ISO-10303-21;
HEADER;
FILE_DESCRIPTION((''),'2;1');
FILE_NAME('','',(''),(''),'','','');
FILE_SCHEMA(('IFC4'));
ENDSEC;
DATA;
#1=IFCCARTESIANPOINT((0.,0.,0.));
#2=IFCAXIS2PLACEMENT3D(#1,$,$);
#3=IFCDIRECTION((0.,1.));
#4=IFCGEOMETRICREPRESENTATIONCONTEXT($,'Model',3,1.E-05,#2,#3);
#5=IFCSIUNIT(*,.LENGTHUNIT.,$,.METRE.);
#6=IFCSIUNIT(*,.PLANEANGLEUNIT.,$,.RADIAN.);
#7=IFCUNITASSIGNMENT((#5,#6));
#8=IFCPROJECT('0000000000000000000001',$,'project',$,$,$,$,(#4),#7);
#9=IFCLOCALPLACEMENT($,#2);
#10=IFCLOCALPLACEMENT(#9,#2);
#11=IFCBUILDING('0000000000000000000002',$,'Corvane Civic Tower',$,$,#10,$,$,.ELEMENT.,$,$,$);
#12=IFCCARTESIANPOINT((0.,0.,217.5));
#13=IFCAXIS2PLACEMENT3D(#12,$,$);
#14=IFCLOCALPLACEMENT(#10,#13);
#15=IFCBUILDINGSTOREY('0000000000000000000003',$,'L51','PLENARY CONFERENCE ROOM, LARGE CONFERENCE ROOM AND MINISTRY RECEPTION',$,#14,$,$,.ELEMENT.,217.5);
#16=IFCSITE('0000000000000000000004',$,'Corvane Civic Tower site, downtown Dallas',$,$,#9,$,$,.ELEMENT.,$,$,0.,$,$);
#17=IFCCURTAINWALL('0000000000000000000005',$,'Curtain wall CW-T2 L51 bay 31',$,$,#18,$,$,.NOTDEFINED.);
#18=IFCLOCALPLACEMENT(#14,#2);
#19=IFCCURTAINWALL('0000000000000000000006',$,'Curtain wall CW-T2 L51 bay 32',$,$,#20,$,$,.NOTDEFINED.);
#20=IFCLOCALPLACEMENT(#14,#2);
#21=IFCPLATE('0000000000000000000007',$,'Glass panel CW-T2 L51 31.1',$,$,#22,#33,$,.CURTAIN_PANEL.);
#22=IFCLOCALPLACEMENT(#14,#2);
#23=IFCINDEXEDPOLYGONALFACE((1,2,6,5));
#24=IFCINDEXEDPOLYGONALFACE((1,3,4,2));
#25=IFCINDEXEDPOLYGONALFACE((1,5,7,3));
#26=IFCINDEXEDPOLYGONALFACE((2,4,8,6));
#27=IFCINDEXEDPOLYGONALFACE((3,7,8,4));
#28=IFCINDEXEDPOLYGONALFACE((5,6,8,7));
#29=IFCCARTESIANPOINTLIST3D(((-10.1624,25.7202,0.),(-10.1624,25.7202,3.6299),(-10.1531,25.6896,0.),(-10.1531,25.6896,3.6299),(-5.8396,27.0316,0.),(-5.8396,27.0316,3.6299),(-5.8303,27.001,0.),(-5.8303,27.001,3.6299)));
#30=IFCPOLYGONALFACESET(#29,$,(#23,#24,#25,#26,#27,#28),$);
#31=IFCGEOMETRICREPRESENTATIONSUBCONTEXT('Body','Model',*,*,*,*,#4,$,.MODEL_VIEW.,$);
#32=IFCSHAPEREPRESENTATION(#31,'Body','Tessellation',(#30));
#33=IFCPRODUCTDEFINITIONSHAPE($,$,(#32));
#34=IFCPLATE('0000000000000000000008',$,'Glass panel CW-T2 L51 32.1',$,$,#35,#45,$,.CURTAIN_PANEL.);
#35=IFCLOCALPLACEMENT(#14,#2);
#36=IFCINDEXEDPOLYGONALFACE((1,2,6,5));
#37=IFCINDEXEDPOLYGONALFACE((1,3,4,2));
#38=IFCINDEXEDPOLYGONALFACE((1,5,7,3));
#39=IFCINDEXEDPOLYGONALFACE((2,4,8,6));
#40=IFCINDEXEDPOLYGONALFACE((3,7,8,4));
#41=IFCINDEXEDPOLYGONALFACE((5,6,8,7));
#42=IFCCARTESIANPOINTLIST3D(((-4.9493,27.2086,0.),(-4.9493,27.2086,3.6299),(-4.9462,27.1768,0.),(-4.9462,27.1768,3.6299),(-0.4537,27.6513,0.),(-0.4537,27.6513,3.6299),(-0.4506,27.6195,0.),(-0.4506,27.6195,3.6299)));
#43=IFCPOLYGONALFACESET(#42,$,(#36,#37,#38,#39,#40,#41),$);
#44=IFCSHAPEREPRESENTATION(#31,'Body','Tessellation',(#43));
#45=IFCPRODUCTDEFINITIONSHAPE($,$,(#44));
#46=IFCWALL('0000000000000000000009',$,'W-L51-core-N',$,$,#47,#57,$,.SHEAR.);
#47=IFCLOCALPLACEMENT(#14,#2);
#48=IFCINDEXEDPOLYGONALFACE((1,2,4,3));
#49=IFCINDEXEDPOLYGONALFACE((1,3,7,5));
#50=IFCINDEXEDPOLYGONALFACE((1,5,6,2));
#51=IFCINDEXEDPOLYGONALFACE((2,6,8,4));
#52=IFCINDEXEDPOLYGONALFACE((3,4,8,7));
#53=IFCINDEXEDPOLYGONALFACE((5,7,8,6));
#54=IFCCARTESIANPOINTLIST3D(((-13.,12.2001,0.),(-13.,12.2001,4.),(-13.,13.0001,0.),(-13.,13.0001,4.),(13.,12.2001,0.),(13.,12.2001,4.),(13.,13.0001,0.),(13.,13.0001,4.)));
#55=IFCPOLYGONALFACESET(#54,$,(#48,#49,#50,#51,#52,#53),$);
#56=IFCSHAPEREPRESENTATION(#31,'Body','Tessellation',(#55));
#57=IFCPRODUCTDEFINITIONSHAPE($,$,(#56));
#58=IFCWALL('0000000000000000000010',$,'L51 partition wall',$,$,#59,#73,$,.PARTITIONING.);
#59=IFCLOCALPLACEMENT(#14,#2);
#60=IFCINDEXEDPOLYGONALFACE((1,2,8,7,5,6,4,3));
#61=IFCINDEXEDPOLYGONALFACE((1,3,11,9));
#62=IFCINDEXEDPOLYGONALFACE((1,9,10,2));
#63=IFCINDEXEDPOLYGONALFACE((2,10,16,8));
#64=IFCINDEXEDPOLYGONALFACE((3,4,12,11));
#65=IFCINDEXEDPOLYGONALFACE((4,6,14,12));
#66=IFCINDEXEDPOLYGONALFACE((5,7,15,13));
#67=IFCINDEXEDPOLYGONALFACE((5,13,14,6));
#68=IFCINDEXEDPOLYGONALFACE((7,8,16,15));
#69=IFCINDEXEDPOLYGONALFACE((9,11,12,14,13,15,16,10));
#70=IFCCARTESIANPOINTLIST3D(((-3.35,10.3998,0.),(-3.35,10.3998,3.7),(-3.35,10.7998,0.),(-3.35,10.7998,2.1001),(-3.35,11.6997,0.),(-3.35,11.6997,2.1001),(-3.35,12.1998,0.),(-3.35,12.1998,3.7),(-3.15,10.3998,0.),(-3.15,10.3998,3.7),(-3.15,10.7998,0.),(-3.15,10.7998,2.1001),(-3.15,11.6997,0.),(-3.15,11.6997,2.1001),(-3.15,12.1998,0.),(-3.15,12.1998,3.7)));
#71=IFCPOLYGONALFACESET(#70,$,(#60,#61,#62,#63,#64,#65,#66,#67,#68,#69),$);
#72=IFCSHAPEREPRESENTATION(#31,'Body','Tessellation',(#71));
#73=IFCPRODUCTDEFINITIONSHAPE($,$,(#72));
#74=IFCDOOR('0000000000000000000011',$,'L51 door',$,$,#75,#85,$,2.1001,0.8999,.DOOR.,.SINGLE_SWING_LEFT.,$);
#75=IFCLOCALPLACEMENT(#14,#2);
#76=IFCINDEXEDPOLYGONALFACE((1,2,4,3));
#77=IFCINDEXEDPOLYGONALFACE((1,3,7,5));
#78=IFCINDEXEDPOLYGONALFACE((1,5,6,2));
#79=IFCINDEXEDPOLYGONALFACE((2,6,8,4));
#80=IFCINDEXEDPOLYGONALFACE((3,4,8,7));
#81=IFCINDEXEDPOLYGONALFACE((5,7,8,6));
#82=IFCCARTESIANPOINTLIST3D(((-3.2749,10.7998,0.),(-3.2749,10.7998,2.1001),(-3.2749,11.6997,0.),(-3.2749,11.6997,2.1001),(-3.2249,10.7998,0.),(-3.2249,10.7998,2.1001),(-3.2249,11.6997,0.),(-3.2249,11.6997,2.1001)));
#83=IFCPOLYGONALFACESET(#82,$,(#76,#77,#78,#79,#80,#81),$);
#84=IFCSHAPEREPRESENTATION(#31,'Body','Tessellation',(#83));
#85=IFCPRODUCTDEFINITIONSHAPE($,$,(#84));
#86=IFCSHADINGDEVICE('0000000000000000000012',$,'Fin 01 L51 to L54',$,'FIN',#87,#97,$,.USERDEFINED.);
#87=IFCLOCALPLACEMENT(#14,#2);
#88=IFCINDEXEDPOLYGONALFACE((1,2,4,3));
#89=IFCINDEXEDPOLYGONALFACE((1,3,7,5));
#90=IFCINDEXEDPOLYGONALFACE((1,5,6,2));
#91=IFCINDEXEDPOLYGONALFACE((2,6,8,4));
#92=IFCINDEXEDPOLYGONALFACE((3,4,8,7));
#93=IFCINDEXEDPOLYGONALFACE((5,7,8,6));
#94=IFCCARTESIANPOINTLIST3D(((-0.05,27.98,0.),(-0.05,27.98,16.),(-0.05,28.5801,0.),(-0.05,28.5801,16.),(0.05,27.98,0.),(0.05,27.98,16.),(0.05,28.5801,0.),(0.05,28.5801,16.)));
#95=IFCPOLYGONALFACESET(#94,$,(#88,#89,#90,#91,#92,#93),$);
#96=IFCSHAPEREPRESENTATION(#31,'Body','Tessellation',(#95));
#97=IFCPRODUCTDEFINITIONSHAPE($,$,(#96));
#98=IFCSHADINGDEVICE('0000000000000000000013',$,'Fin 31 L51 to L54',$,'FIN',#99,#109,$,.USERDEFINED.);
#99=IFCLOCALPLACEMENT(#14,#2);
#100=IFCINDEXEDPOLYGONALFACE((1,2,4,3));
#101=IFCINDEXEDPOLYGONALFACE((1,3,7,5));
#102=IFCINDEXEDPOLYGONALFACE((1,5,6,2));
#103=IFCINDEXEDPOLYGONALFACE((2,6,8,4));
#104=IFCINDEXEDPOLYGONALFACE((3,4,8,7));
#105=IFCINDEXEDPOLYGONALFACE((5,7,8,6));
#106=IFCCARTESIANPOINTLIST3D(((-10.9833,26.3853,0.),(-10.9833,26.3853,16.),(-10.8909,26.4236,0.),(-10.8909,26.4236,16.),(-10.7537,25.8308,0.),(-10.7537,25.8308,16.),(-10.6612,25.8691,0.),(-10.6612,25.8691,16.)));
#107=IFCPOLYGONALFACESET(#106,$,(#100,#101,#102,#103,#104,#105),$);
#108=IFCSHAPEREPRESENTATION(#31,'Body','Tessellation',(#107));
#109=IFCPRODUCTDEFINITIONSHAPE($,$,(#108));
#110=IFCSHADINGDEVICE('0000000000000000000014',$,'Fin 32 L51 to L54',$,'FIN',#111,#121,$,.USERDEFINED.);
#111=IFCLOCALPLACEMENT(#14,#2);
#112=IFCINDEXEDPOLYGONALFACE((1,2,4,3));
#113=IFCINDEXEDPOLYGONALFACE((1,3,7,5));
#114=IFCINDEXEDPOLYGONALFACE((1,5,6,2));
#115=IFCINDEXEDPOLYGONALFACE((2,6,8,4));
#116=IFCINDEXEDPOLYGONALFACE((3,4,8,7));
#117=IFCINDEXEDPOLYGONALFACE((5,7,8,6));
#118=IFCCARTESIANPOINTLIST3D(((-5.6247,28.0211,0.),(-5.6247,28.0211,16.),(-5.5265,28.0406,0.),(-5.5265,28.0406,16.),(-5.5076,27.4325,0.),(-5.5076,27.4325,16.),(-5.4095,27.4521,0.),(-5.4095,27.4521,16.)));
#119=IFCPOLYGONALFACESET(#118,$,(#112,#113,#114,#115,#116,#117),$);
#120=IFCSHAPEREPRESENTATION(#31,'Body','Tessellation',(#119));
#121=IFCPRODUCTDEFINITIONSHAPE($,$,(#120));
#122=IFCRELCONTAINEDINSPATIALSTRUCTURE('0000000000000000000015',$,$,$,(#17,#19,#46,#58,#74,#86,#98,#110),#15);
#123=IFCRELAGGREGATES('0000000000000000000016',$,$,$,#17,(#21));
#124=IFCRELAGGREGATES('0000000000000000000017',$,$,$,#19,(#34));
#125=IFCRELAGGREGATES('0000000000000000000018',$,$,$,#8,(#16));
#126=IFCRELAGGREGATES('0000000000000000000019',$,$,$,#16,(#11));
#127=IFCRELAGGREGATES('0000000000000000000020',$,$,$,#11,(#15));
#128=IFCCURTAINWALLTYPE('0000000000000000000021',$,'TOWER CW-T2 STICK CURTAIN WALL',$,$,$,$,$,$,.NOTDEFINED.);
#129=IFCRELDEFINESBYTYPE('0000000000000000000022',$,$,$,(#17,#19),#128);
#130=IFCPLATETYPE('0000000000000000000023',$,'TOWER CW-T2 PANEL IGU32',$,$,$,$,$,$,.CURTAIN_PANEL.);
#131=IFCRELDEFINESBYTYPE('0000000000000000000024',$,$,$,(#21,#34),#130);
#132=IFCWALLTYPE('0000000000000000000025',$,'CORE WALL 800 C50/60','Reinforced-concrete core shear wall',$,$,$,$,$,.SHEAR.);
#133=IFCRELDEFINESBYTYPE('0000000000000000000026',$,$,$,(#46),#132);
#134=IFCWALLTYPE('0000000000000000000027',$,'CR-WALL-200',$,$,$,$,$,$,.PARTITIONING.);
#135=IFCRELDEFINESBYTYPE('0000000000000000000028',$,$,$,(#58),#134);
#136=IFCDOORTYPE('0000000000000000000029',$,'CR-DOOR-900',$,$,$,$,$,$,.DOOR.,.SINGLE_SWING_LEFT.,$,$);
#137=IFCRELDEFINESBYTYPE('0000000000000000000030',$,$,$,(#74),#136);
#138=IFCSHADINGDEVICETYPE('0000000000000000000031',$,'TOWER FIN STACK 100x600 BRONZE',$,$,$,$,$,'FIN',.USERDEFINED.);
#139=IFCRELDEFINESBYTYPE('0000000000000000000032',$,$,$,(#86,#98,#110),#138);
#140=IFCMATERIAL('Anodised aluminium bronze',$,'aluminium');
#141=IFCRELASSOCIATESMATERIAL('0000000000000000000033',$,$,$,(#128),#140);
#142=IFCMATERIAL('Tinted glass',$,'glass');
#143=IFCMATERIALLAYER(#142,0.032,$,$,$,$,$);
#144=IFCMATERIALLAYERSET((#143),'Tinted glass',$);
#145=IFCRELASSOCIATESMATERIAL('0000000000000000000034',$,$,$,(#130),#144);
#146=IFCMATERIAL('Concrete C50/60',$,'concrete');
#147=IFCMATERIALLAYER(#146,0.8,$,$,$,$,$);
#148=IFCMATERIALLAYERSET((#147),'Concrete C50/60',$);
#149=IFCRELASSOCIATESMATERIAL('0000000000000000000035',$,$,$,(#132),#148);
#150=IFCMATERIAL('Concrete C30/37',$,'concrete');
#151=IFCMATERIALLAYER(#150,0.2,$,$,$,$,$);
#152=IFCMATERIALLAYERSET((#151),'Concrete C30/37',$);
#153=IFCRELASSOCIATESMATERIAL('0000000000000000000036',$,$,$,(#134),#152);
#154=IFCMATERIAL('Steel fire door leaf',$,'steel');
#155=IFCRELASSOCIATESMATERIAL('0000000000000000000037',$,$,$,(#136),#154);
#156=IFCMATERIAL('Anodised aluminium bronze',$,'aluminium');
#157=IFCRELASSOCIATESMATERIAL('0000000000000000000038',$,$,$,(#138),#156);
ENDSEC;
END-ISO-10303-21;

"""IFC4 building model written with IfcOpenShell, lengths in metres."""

from ifc_helpers import new_model, si_unit, direction, frame, frame_2d, origin, origin_2d, place, context, subcontext, project, spatial, rectangle, extrude, material, layer, layer_set, material_profile, profile_set, type_object, element, fill, aggregate, save


model = new_model("IFC4")

# Units and contexts
model_context = context("Model", 3, precision=1e-05, world=origin(), true_north=direction((0.0, 1.0)))
body_context = subcontext(model_context, "Body", "Model", "MODEL_VIEW")
ifc_project = project(units=[si_unit("LENGTHUNIT", "METRE"), si_unit("PLANEANGLEUNIT", "RADIAN")], contexts=[model_context])

# Site, building, storey
site_placement = place(None, origin())
site = spatial("IfcSite", under=ifc_project, at=site_placement, Name="Corvane Civic Tower site, downtown Dallas", CompositionType="ELEMENT", RefElevation=0.0)
building_placement = place(site_placement, origin())
building = spatial("IfcBuilding", under=site, at=building_placement, Name="Corvane Civic Tower", CompositionType="ELEMENT")
storey_placement = place(building_placement, frame((0.0, 0.0, 217.5)))
storey = spatial("IfcBuildingStorey", under=building, at=storey_placement, Name="L51", Description="PLENARY CONFERENCE ROOM, LARGE CONFERENCE ROOM AND MINISTRY RECEPTION", CompositionType="ELEMENT", Elevation=217.5)

# Curtain walls
ifc_material_1 = material(Name="Anodised aluminium bronze", Category="aluminium")
curtain_wall_type = type_object("IfcCurtainWallType", Name="TOWER CW-T2 STICK CURTAIN WALL", PredefinedType="NOTDEFINED", material=ifc_material_1)
curtain_wall_1_placement = place(storey_placement, origin())
curtain_wall_1 = element("IfcCurtainWall", 1, at=curtain_wall_1_placement, inside=storey, type_object=curtain_wall_type, Name="Curtain wall CW-T2 L51 bay 31", PredefinedType="NOTDEFINED")
curtain_wall_2_placement = place(storey_placement, origin())
curtain_wall_2 = element("IfcCurtainWall", 2, at=curtain_wall_2_placement, inside=storey, type_object=curtain_wall_type, Name="Curtain wall CW-T2 L51 bay 32", PredefinedType="NOTDEFINED")

# Shared definitions
ifc_material_2 = material(Name="Tinted glass", Category="glass")
ifc_layer_1 = layer(ifc_material_2, 0.032)
ifc_layer_set_1 = layer_set([ifc_layer_1], Name="Tinted glass")
plate_type = type_object("IfcPlateType", Name="TOWER CW-T2 PANEL IGU32", PredefinedType="CURTAIN_PANEL", material=ifc_layer_set_1)

# Plates
plate_1_placement = place(storey_placement, frame((-7.9963, 26.3606, 0.0), z_axis=(0.0, 0.0, 1.0), x_axis=(0.956939, 0.29029, 0.0)))
plate_1 = element("IfcPlate", 3, at=plate_1_placement, type_object=plate_type, Name="Glass panel CW-T2 L51 31.1", PredefinedType="CURTAIN_PANEL", context=body_context, shape_type="SweptSolid", body=[
    extrude(rectangle(XDim=4.5173, YDim=0.032, at=origin_2d()), origin(), (0.0, 0.0, 1.0), 3.6299),
])
aggregate(curtain_wall_1, [plate_1])
plate_2_placement = place(storey_placement, frame((-2.7, 27.4141, 0.0), z_axis=(0.0, 0.0, 1.0), x_axis=(0.995187, 0.097993, 0.0)))
plate_2 = element("IfcPlate", 4, at=plate_2_placement, type_object=plate_type, Name="Glass panel CW-T2 L51 32.1", PredefinedType="CURTAIN_PANEL", context=body_context, shape_type="SweptSolid", body=[
    extrude(rectangle(XDim=4.5173, YDim=0.032, at=origin_2d()), origin(), (0.0, 0.0, 1.0), 3.6299),
])
aggregate(curtain_wall_2, [plate_2])

# Wall
ifc_material_3 = material(Name="Concrete C50/60", Category="concrete")
ifc_layer_2 = layer(ifc_material_3, 0.8)
ifc_layer_set_2 = layer_set([ifc_layer_2], Name="Concrete C50/60")
wall_type_1 = type_object("IfcWallType", Name="CORE WALL 800 C50/60", Description="Reinforced-concrete core shear wall", PredefinedType="SHEAR", material=ifc_layer_set_2)
wall_1_placement = place(storey_placement, frame((-13.0, 12.6001, 0.0), z_axis=(0.0, 0.0, 1.0), x_axis=(1.0, 0.0, 0.0)))
element("IfcWall", 5, at=wall_1_placement, inside=storey, type_object=wall_type_1, Name="W-L51-core-N", PredefinedType="SHEAR", context=body_context, shape_type="SweptSolid", body=[
    extrude(rectangle(XDim=26.0, YDim=0.8, at=frame_2d((13.0, 0.0))), origin(), (0.0, 0.0, 1.0), 4.0),
])

# Wall, opening, door
ifc_material_4 = material(Name="Concrete C30/37", Category="concrete")
ifc_layer_3 = layer(ifc_material_4, 0.2)
ifc_layer_set_3 = layer_set([ifc_layer_3], Name="Concrete C30/37")
wall_type_2 = type_object("IfcWallType", Name="CR-WALL-200", PredefinedType="PARTITIONING", material=ifc_layer_set_3)
wall_2_placement = place(storey_placement, frame((-3.25, 10.3999, 0.0), z_axis=(0.0, 0.0, 1.0), x_axis=(0.0, 1.0, 0.0)))
wall_2 = element("IfcWall", 6, at=wall_2_placement, inside=storey, type_object=wall_type_2, Name="L51 partition wall", PredefinedType="PARTITIONING", context=body_context, shape_type="SweptSolid", body=[
    extrude(rectangle(XDim=1.8, YDim=0.2, at=frame_2d((0.8999, 0.0))), origin(), (0.0, 0.0, 1.0), 3.7),
])
opening_placement = place(wall_2_placement, frame((0.3999, 0.0, 0.0)))
opening = element("IfcOpeningElement", 7, at=opening_placement, cuts=wall_2, PredefinedType="OPENING", context=body_context, shape_type="SweptSolid", body=[
    extrude(rectangle(XDim=0.8999, YDim=2.1001, at=frame_2d((0.45, 1.05))), frame((0.0, 0.1099, 0.0), z_axis=(0.0, -1.0, 0.0), x_axis=(1.0, 0.0, 0.0)), (0.0, 0.0, 1.0), 0.22),
])
ifc_material_5 = material(Name="Steel fire door leaf", Category="steel")
door_type = type_object("IfcDoorType", Name="CR-DOOR-900", OperationType="SINGLE_SWING_LEFT", PredefinedType="DOOR", material=ifc_material_5)
door_placement = place(opening_placement, origin())
door = element("IfcDoor", 8, at=door_placement, inside=storey, type_object=door_type, Name="L51 door", OperationType="SINGLE_SWING_LEFT", OverallHeight=2.1001, OverallWidth=0.8999, PredefinedType="DOOR", context=body_context, shape_type="SweptSolid", body=[
    extrude(rectangle(XDim=0.8999, YDim=2.1001, at=frame_2d((0.45, 1.05))), frame((0.0, 0.0249, 0.0), z_axis=(0.0, -1.0, 0.0), x_axis=(1.0, 0.0, 0.0)), (0.0, 0.0, 1.0), 0.05),
])
fill(opening, door)

# Shading devices
ifc_material_6 = material(Name="Anodised aluminium bronze", Category="aluminium")
ifc_material_profile_1 = material_profile(ifc_material_6, rectangle(XDim=0.1001, YDim=0.6001, at=origin_2d()), Name="TOWER FIN STACK 100x600 BRONZE")
ifc_profile_set_1 = profile_set([ifc_material_profile_1], Name="Anodised aluminium bronze")
shading_device_type = type_object("IfcShadingDeviceType", Name="TOWER FIN STACK 100x600 BRONZE", ElementType="FIN", PredefinedType="USERDEFINED", material=ifc_profile_set_1)
for number, where, z_axis, x_axis, name in (
    (9, (0.0, 28.28, 0.0), (0.0, 0.0, 1.0), (1.0, 0.0, 0.0), "Fin 01 L51 to L54"),
    (10, (-10.8223, 26.1272, 0.0), (0.0, 0.0, 1.0), (0.92388, 0.382683, 0.0), "Fin 31 L51 to L54"),
    (11, (-5.5171, 27.7366, 0.0), (0.0, 0.0, 1.0), (0.980785, 0.19509, 0.0), "Fin 32 L51 to L54"),
):
    element("IfcShadingDevice", number, at=place(storey_placement, frame(where, z_axis=z_axis, x_axis=x_axis)), inside=storey, type_object=shading_device_type, Name=name, ObjectType="FIN", PredefinedType="USERDEFINED", context=body_context, shape_type="SweptSolid", body=[
        extrude(rectangle(XDim=0.1001, YDim=0.6001, at=origin_2d()), origin(), (0.0, 0.0, 1.0), 16.0),
    ])

save(model, "model.ifc")
